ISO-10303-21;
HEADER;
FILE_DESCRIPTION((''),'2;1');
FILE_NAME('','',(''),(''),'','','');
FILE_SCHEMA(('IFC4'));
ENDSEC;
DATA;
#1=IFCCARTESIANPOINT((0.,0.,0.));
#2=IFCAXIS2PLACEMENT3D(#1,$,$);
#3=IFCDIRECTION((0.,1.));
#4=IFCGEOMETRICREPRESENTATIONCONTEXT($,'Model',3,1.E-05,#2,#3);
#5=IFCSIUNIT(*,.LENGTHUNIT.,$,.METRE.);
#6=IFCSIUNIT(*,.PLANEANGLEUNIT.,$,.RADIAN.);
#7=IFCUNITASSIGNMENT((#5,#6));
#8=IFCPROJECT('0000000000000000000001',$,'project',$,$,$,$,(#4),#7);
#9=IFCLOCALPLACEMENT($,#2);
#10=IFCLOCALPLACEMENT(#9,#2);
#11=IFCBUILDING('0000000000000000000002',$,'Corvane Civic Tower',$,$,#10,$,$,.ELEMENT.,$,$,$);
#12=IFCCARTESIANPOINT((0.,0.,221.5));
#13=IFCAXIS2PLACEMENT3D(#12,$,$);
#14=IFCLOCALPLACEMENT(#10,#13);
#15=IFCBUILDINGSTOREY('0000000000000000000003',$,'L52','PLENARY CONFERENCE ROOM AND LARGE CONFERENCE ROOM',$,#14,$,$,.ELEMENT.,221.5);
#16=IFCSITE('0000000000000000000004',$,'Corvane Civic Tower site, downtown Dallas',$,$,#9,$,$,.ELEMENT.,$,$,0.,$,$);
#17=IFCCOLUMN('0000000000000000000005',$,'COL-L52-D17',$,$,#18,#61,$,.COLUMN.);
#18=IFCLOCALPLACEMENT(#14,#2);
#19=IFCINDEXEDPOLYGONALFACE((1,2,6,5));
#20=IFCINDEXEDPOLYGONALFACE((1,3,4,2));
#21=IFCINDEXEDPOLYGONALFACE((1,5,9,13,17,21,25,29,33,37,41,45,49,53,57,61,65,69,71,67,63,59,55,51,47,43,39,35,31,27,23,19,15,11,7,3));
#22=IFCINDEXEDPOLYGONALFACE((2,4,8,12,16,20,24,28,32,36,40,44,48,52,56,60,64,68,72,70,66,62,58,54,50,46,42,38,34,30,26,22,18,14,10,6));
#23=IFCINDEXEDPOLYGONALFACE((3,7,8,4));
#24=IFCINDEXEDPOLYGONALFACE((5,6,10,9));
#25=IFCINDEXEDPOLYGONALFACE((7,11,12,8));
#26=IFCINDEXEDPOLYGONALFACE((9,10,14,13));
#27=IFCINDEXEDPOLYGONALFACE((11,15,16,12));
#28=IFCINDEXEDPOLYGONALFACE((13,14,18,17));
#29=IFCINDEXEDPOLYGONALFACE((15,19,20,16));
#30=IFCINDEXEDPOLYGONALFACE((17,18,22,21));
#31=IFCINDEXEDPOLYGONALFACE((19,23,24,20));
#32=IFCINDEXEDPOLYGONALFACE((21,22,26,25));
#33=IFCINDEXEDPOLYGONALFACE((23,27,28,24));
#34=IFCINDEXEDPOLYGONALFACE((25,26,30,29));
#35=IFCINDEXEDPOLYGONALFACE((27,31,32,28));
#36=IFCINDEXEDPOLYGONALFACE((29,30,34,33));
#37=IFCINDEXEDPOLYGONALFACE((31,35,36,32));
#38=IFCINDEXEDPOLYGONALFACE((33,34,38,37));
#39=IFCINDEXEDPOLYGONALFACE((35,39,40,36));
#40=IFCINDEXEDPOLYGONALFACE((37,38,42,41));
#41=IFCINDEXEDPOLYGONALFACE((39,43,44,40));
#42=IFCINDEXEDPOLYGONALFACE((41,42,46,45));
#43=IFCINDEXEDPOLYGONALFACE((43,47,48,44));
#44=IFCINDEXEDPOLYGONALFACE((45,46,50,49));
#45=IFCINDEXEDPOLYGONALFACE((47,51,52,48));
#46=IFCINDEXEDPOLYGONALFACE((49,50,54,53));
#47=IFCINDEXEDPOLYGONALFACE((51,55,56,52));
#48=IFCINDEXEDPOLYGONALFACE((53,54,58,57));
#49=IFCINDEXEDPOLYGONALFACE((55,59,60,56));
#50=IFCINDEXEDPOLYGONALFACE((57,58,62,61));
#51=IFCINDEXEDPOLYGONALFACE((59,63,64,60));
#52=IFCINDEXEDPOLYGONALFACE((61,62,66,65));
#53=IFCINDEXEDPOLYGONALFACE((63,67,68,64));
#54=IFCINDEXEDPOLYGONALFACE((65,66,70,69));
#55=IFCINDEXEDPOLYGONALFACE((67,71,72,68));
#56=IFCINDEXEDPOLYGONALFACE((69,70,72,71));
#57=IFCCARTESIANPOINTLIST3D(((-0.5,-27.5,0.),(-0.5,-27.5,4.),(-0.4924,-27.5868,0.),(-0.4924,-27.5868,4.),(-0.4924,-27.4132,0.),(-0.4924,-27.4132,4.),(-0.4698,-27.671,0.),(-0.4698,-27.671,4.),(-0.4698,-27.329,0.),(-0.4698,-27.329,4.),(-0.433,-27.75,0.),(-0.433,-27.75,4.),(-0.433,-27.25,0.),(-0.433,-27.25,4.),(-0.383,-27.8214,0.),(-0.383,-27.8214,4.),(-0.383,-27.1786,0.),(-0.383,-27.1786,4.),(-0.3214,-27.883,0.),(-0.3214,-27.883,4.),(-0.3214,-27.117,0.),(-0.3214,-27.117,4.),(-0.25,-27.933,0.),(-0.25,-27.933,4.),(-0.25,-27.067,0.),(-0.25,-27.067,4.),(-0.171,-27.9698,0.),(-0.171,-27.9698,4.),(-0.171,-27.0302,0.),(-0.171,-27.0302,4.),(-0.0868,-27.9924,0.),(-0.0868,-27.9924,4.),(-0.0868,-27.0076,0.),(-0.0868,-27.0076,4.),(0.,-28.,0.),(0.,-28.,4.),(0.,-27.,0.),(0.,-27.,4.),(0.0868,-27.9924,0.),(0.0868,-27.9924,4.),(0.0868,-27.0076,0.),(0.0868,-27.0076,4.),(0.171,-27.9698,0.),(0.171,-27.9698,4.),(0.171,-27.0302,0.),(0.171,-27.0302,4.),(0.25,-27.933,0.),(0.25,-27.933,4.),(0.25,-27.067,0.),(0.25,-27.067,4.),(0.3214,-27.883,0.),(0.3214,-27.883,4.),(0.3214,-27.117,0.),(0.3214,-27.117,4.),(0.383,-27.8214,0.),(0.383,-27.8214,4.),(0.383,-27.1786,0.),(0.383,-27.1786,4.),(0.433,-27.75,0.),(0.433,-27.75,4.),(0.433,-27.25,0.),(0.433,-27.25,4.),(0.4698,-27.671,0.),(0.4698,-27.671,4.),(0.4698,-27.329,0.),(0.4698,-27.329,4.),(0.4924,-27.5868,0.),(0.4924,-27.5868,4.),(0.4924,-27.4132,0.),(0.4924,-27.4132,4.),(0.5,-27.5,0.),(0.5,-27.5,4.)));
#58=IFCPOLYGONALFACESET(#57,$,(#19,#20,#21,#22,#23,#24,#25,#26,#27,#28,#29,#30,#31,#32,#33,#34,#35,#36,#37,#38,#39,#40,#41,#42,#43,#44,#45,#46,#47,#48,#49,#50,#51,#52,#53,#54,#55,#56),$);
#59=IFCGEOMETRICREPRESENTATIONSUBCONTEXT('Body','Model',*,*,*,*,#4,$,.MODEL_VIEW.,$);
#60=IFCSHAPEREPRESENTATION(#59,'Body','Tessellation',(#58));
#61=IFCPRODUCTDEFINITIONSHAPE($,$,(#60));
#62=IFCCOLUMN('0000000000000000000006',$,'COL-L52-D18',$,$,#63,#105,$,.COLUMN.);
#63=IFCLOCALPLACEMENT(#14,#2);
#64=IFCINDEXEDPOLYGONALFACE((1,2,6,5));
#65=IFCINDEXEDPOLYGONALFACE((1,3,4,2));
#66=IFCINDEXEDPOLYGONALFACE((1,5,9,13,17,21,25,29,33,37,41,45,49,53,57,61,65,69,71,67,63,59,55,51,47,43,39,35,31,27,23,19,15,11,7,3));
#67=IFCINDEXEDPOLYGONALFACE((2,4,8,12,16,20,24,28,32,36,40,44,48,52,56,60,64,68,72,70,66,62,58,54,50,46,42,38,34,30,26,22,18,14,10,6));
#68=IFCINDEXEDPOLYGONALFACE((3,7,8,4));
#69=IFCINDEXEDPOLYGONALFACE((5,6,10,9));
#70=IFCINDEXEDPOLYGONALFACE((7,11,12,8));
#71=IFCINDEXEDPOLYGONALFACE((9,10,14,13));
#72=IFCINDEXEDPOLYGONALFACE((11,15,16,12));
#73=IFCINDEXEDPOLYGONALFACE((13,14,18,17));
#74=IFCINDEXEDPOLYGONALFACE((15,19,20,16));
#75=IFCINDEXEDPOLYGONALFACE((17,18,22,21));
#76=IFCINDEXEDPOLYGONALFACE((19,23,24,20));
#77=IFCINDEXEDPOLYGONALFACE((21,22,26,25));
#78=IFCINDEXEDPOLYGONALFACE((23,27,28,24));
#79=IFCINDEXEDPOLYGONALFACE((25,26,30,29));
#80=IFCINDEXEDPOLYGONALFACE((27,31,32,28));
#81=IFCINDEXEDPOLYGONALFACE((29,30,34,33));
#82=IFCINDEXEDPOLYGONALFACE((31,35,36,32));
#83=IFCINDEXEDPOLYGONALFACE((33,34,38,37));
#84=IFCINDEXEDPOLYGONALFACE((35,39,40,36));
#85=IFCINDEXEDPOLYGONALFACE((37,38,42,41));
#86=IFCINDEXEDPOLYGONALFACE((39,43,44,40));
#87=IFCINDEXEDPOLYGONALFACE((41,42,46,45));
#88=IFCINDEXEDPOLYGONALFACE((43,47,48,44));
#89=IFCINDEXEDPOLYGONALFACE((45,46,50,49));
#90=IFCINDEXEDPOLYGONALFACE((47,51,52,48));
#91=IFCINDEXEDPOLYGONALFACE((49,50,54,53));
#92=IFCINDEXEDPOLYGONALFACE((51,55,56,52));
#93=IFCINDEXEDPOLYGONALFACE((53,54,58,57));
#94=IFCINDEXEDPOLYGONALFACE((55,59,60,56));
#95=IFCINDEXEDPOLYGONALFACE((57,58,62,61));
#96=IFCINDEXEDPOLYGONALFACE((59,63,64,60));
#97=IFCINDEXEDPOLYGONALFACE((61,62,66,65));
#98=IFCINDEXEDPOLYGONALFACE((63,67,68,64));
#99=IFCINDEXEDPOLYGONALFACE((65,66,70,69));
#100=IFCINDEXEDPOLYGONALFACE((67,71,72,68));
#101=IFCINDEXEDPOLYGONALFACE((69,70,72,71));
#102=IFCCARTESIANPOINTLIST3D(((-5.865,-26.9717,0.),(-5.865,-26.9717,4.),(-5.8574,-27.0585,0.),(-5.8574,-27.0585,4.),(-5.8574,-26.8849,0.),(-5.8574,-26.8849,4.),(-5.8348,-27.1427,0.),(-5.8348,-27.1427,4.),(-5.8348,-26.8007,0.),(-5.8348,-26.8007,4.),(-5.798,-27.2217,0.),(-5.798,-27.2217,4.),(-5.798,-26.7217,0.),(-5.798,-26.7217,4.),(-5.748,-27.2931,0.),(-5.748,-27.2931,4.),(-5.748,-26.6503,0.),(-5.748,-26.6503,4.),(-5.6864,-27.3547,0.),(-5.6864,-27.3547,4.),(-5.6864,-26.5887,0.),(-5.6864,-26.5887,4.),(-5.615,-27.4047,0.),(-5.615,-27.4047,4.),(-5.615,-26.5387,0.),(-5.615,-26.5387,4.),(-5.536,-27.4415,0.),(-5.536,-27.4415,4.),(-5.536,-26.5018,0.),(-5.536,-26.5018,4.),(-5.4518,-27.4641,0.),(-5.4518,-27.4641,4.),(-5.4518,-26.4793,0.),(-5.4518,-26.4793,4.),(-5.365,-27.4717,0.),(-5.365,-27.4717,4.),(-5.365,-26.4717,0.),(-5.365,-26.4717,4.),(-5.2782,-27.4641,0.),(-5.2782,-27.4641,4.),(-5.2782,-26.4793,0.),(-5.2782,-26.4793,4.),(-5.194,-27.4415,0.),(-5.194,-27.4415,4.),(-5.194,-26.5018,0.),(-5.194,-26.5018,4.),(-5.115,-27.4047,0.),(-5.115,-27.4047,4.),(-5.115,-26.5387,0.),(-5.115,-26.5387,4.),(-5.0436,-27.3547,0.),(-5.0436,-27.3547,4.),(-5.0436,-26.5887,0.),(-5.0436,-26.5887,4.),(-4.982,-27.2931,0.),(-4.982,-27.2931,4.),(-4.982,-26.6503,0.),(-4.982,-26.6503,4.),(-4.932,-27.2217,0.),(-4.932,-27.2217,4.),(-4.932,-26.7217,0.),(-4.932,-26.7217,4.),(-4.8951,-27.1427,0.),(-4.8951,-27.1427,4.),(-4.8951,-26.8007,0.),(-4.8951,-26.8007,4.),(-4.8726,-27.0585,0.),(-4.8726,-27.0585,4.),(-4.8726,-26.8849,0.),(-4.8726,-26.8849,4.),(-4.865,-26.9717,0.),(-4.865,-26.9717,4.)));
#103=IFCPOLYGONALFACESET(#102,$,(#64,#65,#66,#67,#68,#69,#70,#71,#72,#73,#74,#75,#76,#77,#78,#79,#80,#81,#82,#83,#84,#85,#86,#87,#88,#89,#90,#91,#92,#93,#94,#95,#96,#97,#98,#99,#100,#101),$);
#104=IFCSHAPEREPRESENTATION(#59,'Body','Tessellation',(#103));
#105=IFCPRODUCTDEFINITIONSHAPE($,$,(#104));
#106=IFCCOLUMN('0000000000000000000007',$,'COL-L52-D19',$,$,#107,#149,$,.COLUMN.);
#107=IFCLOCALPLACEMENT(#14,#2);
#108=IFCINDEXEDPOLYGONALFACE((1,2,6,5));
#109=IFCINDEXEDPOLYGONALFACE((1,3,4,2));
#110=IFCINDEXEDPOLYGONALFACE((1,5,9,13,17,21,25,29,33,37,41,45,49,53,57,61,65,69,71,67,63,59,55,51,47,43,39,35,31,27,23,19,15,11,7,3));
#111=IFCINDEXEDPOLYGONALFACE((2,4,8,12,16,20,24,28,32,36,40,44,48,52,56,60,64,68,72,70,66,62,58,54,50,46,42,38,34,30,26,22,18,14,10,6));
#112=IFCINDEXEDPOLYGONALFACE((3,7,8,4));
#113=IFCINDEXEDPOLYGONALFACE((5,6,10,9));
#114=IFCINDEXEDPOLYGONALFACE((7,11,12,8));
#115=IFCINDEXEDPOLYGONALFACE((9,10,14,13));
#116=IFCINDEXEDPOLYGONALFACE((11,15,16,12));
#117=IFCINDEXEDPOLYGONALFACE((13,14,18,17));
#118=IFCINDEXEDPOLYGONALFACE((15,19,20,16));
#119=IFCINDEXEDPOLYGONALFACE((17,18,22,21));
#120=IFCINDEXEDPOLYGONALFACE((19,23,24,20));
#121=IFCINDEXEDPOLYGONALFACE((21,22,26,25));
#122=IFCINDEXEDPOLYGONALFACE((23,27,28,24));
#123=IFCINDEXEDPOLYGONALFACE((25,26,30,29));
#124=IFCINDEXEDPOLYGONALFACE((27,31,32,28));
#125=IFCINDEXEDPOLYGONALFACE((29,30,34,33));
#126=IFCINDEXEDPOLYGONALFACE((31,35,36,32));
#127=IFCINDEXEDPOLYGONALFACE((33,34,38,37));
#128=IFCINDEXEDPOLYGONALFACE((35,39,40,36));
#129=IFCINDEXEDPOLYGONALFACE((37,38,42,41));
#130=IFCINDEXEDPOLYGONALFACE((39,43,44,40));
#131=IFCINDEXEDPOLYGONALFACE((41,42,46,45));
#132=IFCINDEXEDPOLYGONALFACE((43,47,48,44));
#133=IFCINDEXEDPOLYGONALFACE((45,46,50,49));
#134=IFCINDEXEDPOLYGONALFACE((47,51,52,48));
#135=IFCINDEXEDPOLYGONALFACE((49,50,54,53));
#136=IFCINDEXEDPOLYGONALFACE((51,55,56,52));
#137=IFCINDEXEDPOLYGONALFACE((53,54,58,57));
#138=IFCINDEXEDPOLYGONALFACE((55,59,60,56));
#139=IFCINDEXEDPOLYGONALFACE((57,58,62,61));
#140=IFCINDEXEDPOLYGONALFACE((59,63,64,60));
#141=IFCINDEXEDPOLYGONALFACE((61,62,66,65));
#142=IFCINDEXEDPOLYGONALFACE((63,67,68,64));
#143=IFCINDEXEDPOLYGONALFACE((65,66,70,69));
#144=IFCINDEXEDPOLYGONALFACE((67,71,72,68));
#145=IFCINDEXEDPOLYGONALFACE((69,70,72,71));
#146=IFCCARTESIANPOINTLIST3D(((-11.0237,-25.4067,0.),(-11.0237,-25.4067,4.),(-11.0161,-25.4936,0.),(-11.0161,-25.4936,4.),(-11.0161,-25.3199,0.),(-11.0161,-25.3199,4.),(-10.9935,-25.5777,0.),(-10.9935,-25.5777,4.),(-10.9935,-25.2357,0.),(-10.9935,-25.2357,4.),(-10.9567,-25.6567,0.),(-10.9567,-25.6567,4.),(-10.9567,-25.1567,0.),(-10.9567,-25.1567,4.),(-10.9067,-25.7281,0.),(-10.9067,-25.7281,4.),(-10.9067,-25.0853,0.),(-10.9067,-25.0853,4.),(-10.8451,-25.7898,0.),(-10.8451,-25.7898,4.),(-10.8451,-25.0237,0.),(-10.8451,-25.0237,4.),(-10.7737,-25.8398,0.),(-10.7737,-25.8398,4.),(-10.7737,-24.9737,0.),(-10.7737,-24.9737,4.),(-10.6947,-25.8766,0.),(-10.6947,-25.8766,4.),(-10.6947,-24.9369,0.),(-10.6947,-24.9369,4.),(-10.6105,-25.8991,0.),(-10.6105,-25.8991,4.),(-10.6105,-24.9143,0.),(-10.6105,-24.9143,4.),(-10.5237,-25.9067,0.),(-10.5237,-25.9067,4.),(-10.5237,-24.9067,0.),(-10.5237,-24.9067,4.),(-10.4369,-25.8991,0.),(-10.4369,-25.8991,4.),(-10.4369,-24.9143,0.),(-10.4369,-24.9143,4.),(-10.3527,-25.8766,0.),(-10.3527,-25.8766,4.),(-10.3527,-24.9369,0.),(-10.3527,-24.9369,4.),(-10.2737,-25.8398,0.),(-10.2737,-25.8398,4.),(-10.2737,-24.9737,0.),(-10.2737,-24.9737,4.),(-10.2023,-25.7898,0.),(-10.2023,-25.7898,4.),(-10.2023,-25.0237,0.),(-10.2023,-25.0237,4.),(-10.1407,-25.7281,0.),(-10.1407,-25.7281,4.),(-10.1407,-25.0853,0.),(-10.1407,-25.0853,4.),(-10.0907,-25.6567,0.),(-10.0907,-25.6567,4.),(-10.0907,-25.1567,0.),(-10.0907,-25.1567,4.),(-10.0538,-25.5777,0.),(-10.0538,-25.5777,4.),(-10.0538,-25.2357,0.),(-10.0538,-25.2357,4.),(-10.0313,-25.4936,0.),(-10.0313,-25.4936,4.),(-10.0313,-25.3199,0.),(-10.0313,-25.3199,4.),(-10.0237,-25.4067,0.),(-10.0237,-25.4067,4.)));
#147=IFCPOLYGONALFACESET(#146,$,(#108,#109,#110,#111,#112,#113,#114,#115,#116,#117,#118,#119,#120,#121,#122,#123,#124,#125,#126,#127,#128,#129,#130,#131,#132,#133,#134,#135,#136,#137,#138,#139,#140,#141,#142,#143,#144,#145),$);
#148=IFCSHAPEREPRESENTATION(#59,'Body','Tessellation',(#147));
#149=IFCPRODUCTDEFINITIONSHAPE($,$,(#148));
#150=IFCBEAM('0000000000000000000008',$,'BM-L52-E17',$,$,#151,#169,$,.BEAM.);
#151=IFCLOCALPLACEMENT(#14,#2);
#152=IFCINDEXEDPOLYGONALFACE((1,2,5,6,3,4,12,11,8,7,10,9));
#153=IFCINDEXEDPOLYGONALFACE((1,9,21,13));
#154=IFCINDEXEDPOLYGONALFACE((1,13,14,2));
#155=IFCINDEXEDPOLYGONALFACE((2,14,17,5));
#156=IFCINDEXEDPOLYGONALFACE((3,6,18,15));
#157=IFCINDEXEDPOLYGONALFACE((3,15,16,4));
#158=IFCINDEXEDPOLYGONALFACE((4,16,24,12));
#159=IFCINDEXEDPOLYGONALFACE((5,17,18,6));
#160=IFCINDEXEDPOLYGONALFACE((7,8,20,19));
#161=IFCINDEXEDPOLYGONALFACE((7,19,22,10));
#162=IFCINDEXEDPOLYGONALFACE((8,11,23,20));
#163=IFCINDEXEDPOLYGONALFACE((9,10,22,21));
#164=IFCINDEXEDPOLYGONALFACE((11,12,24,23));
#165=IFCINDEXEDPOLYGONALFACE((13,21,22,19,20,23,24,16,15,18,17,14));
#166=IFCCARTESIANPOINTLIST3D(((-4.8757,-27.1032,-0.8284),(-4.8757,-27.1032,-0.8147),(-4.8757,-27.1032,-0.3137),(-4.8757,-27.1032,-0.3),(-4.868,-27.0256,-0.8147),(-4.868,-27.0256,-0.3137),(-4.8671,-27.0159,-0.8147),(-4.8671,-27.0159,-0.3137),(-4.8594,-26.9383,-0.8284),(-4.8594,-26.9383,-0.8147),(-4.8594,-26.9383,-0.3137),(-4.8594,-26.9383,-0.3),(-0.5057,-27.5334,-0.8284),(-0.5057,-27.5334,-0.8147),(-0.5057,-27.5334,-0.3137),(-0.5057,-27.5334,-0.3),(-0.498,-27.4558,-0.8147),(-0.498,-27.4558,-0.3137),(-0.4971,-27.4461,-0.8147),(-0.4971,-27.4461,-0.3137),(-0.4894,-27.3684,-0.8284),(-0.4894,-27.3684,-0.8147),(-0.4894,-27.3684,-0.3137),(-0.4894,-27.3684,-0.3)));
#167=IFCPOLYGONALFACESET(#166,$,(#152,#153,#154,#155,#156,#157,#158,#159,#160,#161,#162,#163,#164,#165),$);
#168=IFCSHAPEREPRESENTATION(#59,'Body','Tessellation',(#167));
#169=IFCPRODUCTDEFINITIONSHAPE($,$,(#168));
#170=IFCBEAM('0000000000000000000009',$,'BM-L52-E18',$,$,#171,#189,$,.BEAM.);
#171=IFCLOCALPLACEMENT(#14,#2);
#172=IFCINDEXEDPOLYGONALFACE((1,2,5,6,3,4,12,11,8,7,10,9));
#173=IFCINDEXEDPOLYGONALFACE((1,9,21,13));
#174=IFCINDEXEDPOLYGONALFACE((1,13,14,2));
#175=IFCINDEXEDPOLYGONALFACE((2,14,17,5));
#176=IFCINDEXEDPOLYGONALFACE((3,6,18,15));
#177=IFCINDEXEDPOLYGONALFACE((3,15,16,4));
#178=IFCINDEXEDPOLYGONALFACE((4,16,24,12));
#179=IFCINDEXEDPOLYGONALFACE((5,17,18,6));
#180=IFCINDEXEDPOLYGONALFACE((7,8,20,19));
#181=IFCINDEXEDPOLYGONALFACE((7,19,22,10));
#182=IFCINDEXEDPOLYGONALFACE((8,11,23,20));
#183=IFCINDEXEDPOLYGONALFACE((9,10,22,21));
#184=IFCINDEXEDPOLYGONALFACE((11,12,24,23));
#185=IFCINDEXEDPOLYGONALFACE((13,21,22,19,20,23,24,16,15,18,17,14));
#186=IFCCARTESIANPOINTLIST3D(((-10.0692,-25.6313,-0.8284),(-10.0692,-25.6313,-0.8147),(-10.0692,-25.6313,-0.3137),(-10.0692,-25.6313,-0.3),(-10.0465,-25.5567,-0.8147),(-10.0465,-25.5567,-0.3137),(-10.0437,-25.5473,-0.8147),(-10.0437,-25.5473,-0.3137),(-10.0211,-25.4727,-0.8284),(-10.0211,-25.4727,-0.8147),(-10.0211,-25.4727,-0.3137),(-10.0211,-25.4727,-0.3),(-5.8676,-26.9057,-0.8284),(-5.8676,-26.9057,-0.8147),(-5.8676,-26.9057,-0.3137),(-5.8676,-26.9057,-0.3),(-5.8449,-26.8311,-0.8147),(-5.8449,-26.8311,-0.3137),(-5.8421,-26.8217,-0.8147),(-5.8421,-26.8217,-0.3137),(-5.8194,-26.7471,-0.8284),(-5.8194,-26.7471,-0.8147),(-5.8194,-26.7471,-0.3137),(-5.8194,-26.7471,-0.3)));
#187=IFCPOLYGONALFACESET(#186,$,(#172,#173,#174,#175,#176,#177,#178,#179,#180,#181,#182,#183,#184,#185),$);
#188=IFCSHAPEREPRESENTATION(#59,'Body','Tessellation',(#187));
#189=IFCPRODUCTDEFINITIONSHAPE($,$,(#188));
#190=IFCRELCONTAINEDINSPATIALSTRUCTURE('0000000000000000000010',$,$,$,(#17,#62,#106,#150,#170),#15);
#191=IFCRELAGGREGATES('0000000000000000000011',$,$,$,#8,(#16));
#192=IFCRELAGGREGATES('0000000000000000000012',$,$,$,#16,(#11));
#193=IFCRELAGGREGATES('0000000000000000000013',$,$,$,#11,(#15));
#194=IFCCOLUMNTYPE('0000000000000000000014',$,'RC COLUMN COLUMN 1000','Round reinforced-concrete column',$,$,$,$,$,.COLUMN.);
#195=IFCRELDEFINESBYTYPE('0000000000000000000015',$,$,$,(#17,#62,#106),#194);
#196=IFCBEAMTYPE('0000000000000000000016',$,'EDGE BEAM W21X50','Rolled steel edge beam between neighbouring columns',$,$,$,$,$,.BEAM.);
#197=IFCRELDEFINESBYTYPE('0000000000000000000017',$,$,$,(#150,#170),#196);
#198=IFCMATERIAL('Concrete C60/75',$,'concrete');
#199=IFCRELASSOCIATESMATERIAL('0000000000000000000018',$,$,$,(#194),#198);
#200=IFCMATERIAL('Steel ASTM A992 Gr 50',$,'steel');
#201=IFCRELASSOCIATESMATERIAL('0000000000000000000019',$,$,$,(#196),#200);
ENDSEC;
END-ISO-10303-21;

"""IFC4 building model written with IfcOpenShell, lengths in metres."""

from ifc_helpers import new_model, si_unit, direction, frame, origin, origin_2d, place, context, subcontext, project, spatial, circle, i_section, extrude, material, material_profile, profile_set, type_object, element, save


model = new_model("IFC4")

# Units and contexts
model_context = context("Model", 3, precision=1e-05, world=origin(), true_north=direction((0.0, 1.0)))
body_context = subcontext(model_context, "Body", "Model", "MODEL_VIEW")
ifc_project = project(units=[si_unit("LENGTHUNIT", "METRE"), si_unit("PLANEANGLEUNIT", "RADIAN")], contexts=[model_context])

# Site, building, storey
site_placement = place(None, origin())
site = spatial("IfcSite", under=ifc_project, at=site_placement, Name="Corvane Civic Tower site, downtown Dallas", CompositionType="ELEMENT", RefElevation=0.0)
building_placement = place(site_placement, origin())
building = spatial("IfcBuilding", under=site, at=building_placement, Name="Corvane Civic Tower", CompositionType="ELEMENT")
storey_placement = place(building_placement, frame((0.0, 0.0, 221.5)))
storey = spatial("IfcBuildingStorey", under=building, at=storey_placement, Name="L52", Description="PLENARY CONFERENCE ROOM AND LARGE CONFERENCE ROOM", CompositionType="ELEMENT", Elevation=221.5)

# Columns
ifc_material_1 = material(Name="Concrete C60/75", Category="concrete")
ifc_material_profile_1 = material_profile(ifc_material_1, circle(Radius=0.5, at=origin_2d()), Name="COLUMN 1000")
ifc_profile_set_1 = profile_set([ifc_material_profile_1], Name="Concrete C60/75")
column_type = type_object("IfcColumnType", Name="RC COLUMN COLUMN 1000", Description="Round reinforced-concrete column", PredefinedType="COLUMN", material=ifc_profile_set_1)
for number, where, z_axis, x_axis, name in (
    (1, (0.0, -27.5, 0.0), (0.0, 0.0, 1.0), (1.0, 0.0, 0.0), "COL-L52-D17"),
    (2, (-5.365, -26.9717, 0.0), (0.0, 0.0, 1.0), (1.0, 0.0, 0.0), "COL-L52-D18"),
    (3, (-10.5237, -25.4067, 0.0), (0.0, 0.0, 1.0), (1.0, 0.0, 0.0), "COL-L52-D19"),
):
    element("IfcColumn", number, at=place(storey_placement, frame(where, z_axis=z_axis, x_axis=x_axis)), inside=storey, type_object=column_type, Name=name, PredefinedType="COLUMN", context=body_context, shape_type="SweptSolid", body=[
        extrude(circle(Radius=0.5, at=origin_2d()), origin(), (0.0, 0.0, 1.0), 4.0),
    ])

# Beams
ifc_material_2 = material(Name="Steel ASTM A992 Gr 50", Category="steel")
ifc_material_profile_2 = material_profile(ifc_material_2, i_section(OverallWidth=0.1658, OverallDepth=0.5283, WebThickness=0.0098, FlangeThickness=0.0137, at=origin_2d()), Name="W21X50")
ifc_profile_set_2 = profile_set([ifc_material_profile_2], Name="Steel ASTM A992 Gr 50")
beam_type_1 = type_object("IfcBeamType", Name="EDGE BEAM W21X50", Description="Rolled steel edge beam between neighbouring columns", PredefinedType="BEAM", material=ifc_profile_set_2)
beam_1_placement = place(storey_placement, frame((-0.4976, -27.4509, -0.5642), z_axis=(-0.99519, 0.097968, 0.0), x_axis=(-0.097968, -0.99519, 0.0)))
element("IfcBeam", 4, at=beam_1_placement, inside=storey, type_object=beam_type_1, Name="BM-L52-E17", PredefinedType="BEAM", context=body_context, shape_type="SweptSolid", body=[
    extrude(i_section(OverallWidth=0.1658, OverallDepth=0.5283, WebThickness=0.0098, FlangeThickness=0.0137, at=origin_2d()), origin(), (0.0, 0.0, 1.0), 4.3911),
])
beam_2_placement = place(storey_placement, frame((-5.8435, -26.8264, -0.5642), z_axis=(-0.95695, 0.290254, 0.0), x_axis=(-0.290254, -0.95695, 0.0)))
element("IfcBeam", 5, at=beam_2_placement, inside=storey, type_object=beam_type_1, Name="BM-L52-E18", PredefinedType="BEAM", context=body_context, shape_type="SweptSolid", body=[
    extrude(i_section(OverallWidth=0.1658, OverallDepth=0.5283, WebThickness=0.0098, FlangeThickness=0.0137, at=origin_2d()), origin(), (0.0, 0.0, 1.0), 4.3906),
])

save(model, "model.ifc")
